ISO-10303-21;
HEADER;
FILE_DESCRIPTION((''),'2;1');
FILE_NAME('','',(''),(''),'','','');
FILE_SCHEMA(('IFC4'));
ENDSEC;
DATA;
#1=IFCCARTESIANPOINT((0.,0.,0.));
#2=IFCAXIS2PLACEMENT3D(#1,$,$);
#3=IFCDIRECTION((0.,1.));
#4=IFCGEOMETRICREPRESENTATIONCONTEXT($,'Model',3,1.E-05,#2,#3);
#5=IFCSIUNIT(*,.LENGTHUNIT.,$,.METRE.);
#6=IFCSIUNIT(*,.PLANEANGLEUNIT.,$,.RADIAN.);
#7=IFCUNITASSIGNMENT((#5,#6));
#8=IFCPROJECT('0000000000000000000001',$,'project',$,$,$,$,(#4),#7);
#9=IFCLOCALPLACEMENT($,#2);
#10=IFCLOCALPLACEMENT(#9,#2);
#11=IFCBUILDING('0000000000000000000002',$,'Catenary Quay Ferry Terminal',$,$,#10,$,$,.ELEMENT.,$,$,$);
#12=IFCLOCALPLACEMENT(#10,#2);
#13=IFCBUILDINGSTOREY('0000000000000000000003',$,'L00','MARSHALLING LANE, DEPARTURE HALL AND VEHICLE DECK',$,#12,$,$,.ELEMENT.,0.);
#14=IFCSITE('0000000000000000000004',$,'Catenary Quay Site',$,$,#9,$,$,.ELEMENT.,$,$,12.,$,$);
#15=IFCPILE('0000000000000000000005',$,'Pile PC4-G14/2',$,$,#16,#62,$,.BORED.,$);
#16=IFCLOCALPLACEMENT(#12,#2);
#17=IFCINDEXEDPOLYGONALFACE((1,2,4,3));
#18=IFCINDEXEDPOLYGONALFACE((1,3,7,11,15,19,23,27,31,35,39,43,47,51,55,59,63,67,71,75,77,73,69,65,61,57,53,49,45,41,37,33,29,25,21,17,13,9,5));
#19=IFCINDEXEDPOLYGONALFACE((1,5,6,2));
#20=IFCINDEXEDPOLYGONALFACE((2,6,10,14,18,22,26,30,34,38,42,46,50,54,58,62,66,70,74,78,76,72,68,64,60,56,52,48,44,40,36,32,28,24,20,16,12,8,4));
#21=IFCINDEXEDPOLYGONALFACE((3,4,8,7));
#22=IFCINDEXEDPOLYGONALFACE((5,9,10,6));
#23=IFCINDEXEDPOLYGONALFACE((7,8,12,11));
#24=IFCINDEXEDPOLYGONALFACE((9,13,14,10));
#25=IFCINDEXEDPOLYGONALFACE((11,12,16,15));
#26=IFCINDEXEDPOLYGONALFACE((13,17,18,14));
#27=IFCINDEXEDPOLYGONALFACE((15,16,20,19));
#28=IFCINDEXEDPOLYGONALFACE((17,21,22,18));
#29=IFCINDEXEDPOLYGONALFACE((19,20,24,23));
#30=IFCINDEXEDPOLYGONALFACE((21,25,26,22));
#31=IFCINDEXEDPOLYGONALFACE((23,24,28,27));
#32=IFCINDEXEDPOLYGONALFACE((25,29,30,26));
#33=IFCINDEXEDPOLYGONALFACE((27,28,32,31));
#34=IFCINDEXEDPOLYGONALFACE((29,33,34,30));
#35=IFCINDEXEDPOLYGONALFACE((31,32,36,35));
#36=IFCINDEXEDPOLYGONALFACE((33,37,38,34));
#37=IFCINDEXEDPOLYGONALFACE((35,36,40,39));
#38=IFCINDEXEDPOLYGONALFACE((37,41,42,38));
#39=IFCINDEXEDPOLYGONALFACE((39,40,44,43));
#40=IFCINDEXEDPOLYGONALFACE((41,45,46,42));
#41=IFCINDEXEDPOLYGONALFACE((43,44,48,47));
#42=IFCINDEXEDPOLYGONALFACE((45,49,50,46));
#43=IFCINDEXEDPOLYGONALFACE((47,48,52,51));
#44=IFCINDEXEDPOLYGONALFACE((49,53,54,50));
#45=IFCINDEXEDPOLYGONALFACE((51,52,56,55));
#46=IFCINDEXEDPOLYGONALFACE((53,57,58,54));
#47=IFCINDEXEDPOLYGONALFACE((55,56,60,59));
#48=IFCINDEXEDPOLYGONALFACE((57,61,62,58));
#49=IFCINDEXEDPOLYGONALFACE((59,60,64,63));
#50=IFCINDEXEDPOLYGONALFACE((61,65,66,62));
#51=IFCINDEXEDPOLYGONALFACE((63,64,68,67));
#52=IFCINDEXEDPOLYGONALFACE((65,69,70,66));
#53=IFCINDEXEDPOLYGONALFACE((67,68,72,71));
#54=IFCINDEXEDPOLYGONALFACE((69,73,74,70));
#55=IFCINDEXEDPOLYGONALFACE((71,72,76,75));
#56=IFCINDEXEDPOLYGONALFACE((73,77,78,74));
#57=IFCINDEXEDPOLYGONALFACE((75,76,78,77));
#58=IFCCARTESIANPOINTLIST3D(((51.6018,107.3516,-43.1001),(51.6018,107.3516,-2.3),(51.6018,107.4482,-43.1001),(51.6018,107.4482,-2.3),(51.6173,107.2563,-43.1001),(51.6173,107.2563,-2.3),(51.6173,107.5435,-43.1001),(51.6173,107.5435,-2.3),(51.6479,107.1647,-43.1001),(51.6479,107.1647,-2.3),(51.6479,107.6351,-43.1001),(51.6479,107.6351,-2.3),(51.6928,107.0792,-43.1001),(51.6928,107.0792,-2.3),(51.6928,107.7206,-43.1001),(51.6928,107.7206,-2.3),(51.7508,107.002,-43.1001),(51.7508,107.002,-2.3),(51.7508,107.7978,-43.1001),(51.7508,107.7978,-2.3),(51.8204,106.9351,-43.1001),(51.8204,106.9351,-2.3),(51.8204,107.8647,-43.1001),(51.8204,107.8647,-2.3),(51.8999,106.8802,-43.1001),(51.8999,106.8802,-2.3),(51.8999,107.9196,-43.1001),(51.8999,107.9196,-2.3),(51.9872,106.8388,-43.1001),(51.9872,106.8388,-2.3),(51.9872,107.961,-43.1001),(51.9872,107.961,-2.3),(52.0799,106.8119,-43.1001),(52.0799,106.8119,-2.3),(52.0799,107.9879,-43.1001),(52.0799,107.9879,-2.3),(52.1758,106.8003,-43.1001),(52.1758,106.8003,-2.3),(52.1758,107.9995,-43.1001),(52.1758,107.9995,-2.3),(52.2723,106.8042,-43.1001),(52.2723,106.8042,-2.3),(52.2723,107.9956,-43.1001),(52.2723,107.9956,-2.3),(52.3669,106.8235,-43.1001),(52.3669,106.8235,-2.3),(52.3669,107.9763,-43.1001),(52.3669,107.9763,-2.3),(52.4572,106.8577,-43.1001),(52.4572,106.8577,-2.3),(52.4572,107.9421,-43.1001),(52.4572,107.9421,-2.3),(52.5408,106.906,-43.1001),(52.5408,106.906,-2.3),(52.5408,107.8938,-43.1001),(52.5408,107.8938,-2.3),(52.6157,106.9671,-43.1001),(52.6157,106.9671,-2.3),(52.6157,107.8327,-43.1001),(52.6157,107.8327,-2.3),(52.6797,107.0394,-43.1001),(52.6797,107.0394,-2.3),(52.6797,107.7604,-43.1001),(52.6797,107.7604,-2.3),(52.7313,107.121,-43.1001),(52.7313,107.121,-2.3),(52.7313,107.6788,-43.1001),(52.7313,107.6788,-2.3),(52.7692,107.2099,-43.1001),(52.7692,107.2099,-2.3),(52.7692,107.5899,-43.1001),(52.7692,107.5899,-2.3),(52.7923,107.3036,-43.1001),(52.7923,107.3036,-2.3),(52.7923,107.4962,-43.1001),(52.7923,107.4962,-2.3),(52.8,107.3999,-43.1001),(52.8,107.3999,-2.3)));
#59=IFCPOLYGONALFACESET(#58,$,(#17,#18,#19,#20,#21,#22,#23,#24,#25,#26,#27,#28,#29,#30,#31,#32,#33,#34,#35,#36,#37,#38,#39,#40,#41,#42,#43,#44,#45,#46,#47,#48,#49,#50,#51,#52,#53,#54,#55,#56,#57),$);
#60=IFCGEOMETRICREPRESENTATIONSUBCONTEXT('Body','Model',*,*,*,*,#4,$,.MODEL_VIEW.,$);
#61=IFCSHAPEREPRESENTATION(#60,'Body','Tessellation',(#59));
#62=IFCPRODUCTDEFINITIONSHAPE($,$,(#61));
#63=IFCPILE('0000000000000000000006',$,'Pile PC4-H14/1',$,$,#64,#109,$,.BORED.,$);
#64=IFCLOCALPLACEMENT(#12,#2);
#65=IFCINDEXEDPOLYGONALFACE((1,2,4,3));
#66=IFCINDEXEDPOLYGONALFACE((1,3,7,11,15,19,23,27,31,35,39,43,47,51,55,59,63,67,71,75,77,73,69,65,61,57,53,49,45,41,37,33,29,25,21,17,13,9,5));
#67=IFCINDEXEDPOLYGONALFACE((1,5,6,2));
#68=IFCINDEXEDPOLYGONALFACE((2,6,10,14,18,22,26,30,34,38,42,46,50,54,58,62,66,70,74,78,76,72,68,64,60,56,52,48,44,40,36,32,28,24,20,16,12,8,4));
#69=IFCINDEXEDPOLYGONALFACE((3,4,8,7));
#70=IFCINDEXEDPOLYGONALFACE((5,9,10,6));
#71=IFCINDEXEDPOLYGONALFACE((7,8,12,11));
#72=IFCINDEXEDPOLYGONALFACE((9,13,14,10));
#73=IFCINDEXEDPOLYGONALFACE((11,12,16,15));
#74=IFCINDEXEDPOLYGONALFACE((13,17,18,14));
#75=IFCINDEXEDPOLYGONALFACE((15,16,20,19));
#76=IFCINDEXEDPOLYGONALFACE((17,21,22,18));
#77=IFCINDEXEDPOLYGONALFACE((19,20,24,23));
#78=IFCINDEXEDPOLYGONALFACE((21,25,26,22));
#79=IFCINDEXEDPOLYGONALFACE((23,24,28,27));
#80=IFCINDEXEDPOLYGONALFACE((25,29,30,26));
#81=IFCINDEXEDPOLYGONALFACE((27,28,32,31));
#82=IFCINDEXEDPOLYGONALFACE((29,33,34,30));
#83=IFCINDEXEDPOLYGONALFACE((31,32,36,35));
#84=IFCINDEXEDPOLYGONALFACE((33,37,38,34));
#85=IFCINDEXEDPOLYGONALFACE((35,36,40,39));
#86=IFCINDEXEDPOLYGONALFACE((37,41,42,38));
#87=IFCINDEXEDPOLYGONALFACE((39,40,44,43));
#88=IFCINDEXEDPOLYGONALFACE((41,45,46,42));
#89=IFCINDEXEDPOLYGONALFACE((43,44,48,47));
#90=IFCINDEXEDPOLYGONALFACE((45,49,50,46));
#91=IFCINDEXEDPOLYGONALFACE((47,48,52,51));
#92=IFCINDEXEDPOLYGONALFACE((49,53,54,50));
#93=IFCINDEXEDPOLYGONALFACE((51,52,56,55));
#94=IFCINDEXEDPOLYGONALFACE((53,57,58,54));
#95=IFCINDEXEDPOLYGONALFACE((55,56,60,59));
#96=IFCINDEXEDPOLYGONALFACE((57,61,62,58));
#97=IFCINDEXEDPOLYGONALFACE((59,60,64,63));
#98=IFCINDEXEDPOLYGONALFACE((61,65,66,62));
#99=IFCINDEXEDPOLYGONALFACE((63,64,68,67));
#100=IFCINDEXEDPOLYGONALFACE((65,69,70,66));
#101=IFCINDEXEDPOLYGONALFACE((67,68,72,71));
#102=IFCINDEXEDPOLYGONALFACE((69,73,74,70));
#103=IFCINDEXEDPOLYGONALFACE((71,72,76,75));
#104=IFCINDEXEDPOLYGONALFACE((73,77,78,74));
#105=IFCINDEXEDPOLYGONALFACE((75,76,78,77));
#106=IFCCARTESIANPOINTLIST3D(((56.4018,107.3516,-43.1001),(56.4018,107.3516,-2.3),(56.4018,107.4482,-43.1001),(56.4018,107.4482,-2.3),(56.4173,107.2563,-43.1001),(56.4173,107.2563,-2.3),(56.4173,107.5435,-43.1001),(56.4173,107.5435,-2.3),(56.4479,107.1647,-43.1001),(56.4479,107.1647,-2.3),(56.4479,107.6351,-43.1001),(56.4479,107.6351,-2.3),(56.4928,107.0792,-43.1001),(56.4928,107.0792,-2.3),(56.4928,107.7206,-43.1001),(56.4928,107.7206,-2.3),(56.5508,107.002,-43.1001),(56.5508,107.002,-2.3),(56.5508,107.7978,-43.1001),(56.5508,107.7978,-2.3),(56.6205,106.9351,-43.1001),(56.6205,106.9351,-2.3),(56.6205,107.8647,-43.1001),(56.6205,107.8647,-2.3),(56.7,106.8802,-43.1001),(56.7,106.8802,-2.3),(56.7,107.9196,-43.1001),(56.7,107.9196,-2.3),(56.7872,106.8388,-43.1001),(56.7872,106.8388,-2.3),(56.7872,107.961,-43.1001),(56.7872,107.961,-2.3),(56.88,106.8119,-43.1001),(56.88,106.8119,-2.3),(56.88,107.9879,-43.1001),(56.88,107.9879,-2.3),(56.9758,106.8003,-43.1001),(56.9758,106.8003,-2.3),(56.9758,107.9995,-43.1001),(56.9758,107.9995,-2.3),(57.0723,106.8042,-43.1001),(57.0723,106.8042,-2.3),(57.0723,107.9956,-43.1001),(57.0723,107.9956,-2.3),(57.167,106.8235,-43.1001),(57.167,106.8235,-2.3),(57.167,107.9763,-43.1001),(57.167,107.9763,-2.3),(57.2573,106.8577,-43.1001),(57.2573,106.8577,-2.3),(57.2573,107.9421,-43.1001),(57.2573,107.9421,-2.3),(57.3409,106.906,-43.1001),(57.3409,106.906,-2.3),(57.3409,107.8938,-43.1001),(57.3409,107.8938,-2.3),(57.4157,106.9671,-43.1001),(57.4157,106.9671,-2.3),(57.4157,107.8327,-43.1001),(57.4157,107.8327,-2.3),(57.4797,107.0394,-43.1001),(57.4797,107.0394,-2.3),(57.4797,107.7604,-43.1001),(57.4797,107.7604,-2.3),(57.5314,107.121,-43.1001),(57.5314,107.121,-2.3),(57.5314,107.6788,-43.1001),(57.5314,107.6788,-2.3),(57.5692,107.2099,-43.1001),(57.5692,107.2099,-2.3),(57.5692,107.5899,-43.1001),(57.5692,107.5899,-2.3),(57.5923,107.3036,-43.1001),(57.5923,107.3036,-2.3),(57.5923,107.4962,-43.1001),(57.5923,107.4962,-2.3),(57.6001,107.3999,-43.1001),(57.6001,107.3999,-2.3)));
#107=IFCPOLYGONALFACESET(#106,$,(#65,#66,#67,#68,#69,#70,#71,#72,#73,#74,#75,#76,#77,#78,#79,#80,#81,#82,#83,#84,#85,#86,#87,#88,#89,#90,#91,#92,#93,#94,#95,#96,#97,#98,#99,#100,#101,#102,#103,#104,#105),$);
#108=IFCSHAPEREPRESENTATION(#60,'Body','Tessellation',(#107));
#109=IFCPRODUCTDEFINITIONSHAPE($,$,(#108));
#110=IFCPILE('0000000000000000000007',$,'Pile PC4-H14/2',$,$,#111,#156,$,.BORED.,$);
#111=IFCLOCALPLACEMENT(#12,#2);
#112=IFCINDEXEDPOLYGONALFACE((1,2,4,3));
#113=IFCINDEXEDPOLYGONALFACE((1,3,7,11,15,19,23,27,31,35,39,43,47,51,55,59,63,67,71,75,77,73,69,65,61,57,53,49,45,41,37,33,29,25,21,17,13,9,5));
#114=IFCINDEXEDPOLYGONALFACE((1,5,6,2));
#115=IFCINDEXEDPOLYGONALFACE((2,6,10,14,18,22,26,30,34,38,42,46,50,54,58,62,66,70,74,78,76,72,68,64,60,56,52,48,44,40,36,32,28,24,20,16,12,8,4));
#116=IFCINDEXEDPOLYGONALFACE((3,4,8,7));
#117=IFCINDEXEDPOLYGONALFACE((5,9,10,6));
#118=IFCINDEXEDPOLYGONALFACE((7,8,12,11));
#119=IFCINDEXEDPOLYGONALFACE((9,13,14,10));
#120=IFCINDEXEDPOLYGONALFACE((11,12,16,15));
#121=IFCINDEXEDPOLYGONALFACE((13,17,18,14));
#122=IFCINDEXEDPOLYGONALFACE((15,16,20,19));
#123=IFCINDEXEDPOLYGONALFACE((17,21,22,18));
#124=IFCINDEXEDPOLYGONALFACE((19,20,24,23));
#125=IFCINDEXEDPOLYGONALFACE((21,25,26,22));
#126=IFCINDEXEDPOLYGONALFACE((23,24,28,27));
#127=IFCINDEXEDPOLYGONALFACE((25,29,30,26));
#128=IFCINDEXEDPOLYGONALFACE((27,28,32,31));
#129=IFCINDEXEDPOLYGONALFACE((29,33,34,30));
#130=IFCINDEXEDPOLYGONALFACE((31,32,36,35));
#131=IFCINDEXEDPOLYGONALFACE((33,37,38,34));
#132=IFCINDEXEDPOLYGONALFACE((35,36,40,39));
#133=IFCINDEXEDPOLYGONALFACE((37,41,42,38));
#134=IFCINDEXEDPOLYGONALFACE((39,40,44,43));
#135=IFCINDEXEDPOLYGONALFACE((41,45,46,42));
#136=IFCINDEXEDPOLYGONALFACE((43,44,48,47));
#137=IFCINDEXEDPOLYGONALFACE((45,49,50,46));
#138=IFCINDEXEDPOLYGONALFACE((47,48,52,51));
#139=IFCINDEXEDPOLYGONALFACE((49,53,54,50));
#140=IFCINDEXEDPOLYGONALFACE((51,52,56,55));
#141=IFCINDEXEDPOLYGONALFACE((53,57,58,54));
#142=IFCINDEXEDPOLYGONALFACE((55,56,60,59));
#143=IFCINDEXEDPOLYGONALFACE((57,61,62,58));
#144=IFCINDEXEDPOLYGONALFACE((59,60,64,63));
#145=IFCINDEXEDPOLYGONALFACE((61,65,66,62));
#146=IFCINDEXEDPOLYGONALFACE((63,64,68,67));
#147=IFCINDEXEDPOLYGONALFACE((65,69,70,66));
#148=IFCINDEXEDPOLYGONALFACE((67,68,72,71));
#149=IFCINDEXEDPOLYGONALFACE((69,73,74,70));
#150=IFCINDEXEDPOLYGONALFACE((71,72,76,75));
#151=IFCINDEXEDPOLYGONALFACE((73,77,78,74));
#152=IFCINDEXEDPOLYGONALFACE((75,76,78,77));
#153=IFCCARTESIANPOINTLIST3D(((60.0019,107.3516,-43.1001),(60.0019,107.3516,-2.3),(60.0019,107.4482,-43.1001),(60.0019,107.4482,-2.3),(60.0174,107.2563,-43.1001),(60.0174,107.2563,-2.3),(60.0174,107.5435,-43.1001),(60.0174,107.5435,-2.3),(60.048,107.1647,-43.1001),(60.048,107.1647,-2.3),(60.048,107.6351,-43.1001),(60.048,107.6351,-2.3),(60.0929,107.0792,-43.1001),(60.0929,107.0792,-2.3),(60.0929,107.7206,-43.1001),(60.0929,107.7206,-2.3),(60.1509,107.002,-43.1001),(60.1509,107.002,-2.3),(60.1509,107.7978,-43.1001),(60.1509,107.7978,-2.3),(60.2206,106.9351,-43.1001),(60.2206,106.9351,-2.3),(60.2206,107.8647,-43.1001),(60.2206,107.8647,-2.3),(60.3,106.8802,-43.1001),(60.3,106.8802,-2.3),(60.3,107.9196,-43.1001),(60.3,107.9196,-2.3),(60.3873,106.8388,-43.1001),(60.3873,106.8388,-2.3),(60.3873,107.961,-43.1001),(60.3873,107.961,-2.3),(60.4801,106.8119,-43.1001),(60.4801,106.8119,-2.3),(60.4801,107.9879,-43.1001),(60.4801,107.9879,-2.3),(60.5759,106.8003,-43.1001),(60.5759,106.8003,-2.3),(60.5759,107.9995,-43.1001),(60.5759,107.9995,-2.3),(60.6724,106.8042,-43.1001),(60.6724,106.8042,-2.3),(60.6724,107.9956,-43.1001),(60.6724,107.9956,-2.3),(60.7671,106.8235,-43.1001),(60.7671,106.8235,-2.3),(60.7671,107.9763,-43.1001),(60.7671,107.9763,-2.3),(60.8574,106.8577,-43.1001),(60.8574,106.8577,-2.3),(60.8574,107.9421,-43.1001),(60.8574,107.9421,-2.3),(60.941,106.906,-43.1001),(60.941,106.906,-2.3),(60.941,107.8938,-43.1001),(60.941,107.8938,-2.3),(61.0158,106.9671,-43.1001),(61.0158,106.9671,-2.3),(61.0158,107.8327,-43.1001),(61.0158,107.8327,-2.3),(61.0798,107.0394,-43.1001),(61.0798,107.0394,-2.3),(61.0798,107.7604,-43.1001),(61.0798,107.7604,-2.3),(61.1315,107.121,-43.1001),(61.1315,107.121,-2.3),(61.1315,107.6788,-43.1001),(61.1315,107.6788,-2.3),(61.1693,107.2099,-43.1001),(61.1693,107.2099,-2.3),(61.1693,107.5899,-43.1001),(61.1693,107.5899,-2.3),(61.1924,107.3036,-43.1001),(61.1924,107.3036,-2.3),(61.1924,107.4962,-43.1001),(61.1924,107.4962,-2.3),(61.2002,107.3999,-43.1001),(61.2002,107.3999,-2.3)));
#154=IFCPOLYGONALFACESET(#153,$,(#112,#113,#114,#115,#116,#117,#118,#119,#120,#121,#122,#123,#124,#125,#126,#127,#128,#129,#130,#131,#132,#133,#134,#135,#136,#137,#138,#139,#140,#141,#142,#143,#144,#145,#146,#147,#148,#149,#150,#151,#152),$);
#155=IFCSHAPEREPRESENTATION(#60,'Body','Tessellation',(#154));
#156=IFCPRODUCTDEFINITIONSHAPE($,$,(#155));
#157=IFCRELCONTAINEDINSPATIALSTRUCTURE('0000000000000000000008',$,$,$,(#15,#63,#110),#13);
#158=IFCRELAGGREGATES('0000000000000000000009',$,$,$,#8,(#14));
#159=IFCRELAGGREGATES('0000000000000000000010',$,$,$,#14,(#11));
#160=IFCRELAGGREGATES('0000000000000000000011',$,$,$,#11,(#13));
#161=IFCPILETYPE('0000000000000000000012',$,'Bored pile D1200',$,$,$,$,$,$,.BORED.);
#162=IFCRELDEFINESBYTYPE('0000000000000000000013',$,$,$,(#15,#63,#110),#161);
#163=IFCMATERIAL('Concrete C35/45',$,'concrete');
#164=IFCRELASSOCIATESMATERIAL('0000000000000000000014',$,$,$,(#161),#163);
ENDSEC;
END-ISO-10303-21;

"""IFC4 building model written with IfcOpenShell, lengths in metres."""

from ifc_helpers import new_model, si_unit, direction, frame, origin, origin_2d, place, context, subcontext, project, spatial, circle, extrude, material, material_profile, profile_set, type_object, element, save


model = new_model("IFC4")

# Units and contexts
model_context = context("Model", 3, precision=1e-05, world=origin(), true_north=direction((0.0, 1.0)))
body_context = subcontext(model_context, "Body", "Model", "MODEL_VIEW")
ifc_project = project(units=[si_unit("LENGTHUNIT", "METRE"), si_unit("PLANEANGLEUNIT", "RADIAN")], contexts=[model_context])

# Site, building, storey
site_placement = place(None, origin())
site = spatial("IfcSite", under=ifc_project, at=site_placement, Name="Catenary Quay Site", CompositionType="ELEMENT", RefElevation=12.0)
building_placement = place(site_placement, origin())
building = spatial("IfcBuilding", under=site, at=building_placement, Name="Catenary Quay Ferry Terminal", CompositionType="ELEMENT")
storey_placement = place(building_placement, origin())
storey = spatial("IfcBuildingStorey", under=building, at=storey_placement, Name="L00", Description="MARSHALLING LANE, DEPARTURE HALL AND VEHICLE DECK", CompositionType="ELEMENT", Elevation=0.0)

# Piles
ifc_material_1 = material(Name="Concrete C35/45", Category="concrete")
ifc_material_profile_1 = material_profile(ifc_material_1, circle(Radius=0.6001, at=origin_2d()), Name="D1200")
ifc_profile_set_1 = profile_set([ifc_material_profile_1], Name="Concrete C35/45")
pile_type = type_object("IfcPileType", Name="Bored pile D1200", PredefinedType="BORED", material=ifc_profile_set_1)
for number, where, z_axis, x_axis, name in (
    (1, (52.2, 107.3999, -2.3), (0.0, 0.0, -1.0), (1.0, 0.0, 0.0), "Pile PC4-G14/2"),
    (2, (57.0, 107.3999, -2.3), (0.0, 0.0, -1.0), (1.0, 0.0, 0.0), "Pile PC4-H14/1"),
    (3, (60.6001, 107.3999, -2.3), (0.0, 0.0, -1.0), (1.0, 0.0, 0.0), "Pile PC4-H14/2"),
):
    element("IfcPile", number, at=place(storey_placement, frame(where, z_axis=z_axis, x_axis=x_axis)), inside=storey, type_object=pile_type, Name=name, PredefinedType="BORED", context=body_context, shape_type="SweptSolid", body=[
        extrude(circle(Radius=0.6001, at=origin_2d()), origin(), (0.0, 0.0, 1.0), 40.8),
    ])

save(model, "model.ifc")
